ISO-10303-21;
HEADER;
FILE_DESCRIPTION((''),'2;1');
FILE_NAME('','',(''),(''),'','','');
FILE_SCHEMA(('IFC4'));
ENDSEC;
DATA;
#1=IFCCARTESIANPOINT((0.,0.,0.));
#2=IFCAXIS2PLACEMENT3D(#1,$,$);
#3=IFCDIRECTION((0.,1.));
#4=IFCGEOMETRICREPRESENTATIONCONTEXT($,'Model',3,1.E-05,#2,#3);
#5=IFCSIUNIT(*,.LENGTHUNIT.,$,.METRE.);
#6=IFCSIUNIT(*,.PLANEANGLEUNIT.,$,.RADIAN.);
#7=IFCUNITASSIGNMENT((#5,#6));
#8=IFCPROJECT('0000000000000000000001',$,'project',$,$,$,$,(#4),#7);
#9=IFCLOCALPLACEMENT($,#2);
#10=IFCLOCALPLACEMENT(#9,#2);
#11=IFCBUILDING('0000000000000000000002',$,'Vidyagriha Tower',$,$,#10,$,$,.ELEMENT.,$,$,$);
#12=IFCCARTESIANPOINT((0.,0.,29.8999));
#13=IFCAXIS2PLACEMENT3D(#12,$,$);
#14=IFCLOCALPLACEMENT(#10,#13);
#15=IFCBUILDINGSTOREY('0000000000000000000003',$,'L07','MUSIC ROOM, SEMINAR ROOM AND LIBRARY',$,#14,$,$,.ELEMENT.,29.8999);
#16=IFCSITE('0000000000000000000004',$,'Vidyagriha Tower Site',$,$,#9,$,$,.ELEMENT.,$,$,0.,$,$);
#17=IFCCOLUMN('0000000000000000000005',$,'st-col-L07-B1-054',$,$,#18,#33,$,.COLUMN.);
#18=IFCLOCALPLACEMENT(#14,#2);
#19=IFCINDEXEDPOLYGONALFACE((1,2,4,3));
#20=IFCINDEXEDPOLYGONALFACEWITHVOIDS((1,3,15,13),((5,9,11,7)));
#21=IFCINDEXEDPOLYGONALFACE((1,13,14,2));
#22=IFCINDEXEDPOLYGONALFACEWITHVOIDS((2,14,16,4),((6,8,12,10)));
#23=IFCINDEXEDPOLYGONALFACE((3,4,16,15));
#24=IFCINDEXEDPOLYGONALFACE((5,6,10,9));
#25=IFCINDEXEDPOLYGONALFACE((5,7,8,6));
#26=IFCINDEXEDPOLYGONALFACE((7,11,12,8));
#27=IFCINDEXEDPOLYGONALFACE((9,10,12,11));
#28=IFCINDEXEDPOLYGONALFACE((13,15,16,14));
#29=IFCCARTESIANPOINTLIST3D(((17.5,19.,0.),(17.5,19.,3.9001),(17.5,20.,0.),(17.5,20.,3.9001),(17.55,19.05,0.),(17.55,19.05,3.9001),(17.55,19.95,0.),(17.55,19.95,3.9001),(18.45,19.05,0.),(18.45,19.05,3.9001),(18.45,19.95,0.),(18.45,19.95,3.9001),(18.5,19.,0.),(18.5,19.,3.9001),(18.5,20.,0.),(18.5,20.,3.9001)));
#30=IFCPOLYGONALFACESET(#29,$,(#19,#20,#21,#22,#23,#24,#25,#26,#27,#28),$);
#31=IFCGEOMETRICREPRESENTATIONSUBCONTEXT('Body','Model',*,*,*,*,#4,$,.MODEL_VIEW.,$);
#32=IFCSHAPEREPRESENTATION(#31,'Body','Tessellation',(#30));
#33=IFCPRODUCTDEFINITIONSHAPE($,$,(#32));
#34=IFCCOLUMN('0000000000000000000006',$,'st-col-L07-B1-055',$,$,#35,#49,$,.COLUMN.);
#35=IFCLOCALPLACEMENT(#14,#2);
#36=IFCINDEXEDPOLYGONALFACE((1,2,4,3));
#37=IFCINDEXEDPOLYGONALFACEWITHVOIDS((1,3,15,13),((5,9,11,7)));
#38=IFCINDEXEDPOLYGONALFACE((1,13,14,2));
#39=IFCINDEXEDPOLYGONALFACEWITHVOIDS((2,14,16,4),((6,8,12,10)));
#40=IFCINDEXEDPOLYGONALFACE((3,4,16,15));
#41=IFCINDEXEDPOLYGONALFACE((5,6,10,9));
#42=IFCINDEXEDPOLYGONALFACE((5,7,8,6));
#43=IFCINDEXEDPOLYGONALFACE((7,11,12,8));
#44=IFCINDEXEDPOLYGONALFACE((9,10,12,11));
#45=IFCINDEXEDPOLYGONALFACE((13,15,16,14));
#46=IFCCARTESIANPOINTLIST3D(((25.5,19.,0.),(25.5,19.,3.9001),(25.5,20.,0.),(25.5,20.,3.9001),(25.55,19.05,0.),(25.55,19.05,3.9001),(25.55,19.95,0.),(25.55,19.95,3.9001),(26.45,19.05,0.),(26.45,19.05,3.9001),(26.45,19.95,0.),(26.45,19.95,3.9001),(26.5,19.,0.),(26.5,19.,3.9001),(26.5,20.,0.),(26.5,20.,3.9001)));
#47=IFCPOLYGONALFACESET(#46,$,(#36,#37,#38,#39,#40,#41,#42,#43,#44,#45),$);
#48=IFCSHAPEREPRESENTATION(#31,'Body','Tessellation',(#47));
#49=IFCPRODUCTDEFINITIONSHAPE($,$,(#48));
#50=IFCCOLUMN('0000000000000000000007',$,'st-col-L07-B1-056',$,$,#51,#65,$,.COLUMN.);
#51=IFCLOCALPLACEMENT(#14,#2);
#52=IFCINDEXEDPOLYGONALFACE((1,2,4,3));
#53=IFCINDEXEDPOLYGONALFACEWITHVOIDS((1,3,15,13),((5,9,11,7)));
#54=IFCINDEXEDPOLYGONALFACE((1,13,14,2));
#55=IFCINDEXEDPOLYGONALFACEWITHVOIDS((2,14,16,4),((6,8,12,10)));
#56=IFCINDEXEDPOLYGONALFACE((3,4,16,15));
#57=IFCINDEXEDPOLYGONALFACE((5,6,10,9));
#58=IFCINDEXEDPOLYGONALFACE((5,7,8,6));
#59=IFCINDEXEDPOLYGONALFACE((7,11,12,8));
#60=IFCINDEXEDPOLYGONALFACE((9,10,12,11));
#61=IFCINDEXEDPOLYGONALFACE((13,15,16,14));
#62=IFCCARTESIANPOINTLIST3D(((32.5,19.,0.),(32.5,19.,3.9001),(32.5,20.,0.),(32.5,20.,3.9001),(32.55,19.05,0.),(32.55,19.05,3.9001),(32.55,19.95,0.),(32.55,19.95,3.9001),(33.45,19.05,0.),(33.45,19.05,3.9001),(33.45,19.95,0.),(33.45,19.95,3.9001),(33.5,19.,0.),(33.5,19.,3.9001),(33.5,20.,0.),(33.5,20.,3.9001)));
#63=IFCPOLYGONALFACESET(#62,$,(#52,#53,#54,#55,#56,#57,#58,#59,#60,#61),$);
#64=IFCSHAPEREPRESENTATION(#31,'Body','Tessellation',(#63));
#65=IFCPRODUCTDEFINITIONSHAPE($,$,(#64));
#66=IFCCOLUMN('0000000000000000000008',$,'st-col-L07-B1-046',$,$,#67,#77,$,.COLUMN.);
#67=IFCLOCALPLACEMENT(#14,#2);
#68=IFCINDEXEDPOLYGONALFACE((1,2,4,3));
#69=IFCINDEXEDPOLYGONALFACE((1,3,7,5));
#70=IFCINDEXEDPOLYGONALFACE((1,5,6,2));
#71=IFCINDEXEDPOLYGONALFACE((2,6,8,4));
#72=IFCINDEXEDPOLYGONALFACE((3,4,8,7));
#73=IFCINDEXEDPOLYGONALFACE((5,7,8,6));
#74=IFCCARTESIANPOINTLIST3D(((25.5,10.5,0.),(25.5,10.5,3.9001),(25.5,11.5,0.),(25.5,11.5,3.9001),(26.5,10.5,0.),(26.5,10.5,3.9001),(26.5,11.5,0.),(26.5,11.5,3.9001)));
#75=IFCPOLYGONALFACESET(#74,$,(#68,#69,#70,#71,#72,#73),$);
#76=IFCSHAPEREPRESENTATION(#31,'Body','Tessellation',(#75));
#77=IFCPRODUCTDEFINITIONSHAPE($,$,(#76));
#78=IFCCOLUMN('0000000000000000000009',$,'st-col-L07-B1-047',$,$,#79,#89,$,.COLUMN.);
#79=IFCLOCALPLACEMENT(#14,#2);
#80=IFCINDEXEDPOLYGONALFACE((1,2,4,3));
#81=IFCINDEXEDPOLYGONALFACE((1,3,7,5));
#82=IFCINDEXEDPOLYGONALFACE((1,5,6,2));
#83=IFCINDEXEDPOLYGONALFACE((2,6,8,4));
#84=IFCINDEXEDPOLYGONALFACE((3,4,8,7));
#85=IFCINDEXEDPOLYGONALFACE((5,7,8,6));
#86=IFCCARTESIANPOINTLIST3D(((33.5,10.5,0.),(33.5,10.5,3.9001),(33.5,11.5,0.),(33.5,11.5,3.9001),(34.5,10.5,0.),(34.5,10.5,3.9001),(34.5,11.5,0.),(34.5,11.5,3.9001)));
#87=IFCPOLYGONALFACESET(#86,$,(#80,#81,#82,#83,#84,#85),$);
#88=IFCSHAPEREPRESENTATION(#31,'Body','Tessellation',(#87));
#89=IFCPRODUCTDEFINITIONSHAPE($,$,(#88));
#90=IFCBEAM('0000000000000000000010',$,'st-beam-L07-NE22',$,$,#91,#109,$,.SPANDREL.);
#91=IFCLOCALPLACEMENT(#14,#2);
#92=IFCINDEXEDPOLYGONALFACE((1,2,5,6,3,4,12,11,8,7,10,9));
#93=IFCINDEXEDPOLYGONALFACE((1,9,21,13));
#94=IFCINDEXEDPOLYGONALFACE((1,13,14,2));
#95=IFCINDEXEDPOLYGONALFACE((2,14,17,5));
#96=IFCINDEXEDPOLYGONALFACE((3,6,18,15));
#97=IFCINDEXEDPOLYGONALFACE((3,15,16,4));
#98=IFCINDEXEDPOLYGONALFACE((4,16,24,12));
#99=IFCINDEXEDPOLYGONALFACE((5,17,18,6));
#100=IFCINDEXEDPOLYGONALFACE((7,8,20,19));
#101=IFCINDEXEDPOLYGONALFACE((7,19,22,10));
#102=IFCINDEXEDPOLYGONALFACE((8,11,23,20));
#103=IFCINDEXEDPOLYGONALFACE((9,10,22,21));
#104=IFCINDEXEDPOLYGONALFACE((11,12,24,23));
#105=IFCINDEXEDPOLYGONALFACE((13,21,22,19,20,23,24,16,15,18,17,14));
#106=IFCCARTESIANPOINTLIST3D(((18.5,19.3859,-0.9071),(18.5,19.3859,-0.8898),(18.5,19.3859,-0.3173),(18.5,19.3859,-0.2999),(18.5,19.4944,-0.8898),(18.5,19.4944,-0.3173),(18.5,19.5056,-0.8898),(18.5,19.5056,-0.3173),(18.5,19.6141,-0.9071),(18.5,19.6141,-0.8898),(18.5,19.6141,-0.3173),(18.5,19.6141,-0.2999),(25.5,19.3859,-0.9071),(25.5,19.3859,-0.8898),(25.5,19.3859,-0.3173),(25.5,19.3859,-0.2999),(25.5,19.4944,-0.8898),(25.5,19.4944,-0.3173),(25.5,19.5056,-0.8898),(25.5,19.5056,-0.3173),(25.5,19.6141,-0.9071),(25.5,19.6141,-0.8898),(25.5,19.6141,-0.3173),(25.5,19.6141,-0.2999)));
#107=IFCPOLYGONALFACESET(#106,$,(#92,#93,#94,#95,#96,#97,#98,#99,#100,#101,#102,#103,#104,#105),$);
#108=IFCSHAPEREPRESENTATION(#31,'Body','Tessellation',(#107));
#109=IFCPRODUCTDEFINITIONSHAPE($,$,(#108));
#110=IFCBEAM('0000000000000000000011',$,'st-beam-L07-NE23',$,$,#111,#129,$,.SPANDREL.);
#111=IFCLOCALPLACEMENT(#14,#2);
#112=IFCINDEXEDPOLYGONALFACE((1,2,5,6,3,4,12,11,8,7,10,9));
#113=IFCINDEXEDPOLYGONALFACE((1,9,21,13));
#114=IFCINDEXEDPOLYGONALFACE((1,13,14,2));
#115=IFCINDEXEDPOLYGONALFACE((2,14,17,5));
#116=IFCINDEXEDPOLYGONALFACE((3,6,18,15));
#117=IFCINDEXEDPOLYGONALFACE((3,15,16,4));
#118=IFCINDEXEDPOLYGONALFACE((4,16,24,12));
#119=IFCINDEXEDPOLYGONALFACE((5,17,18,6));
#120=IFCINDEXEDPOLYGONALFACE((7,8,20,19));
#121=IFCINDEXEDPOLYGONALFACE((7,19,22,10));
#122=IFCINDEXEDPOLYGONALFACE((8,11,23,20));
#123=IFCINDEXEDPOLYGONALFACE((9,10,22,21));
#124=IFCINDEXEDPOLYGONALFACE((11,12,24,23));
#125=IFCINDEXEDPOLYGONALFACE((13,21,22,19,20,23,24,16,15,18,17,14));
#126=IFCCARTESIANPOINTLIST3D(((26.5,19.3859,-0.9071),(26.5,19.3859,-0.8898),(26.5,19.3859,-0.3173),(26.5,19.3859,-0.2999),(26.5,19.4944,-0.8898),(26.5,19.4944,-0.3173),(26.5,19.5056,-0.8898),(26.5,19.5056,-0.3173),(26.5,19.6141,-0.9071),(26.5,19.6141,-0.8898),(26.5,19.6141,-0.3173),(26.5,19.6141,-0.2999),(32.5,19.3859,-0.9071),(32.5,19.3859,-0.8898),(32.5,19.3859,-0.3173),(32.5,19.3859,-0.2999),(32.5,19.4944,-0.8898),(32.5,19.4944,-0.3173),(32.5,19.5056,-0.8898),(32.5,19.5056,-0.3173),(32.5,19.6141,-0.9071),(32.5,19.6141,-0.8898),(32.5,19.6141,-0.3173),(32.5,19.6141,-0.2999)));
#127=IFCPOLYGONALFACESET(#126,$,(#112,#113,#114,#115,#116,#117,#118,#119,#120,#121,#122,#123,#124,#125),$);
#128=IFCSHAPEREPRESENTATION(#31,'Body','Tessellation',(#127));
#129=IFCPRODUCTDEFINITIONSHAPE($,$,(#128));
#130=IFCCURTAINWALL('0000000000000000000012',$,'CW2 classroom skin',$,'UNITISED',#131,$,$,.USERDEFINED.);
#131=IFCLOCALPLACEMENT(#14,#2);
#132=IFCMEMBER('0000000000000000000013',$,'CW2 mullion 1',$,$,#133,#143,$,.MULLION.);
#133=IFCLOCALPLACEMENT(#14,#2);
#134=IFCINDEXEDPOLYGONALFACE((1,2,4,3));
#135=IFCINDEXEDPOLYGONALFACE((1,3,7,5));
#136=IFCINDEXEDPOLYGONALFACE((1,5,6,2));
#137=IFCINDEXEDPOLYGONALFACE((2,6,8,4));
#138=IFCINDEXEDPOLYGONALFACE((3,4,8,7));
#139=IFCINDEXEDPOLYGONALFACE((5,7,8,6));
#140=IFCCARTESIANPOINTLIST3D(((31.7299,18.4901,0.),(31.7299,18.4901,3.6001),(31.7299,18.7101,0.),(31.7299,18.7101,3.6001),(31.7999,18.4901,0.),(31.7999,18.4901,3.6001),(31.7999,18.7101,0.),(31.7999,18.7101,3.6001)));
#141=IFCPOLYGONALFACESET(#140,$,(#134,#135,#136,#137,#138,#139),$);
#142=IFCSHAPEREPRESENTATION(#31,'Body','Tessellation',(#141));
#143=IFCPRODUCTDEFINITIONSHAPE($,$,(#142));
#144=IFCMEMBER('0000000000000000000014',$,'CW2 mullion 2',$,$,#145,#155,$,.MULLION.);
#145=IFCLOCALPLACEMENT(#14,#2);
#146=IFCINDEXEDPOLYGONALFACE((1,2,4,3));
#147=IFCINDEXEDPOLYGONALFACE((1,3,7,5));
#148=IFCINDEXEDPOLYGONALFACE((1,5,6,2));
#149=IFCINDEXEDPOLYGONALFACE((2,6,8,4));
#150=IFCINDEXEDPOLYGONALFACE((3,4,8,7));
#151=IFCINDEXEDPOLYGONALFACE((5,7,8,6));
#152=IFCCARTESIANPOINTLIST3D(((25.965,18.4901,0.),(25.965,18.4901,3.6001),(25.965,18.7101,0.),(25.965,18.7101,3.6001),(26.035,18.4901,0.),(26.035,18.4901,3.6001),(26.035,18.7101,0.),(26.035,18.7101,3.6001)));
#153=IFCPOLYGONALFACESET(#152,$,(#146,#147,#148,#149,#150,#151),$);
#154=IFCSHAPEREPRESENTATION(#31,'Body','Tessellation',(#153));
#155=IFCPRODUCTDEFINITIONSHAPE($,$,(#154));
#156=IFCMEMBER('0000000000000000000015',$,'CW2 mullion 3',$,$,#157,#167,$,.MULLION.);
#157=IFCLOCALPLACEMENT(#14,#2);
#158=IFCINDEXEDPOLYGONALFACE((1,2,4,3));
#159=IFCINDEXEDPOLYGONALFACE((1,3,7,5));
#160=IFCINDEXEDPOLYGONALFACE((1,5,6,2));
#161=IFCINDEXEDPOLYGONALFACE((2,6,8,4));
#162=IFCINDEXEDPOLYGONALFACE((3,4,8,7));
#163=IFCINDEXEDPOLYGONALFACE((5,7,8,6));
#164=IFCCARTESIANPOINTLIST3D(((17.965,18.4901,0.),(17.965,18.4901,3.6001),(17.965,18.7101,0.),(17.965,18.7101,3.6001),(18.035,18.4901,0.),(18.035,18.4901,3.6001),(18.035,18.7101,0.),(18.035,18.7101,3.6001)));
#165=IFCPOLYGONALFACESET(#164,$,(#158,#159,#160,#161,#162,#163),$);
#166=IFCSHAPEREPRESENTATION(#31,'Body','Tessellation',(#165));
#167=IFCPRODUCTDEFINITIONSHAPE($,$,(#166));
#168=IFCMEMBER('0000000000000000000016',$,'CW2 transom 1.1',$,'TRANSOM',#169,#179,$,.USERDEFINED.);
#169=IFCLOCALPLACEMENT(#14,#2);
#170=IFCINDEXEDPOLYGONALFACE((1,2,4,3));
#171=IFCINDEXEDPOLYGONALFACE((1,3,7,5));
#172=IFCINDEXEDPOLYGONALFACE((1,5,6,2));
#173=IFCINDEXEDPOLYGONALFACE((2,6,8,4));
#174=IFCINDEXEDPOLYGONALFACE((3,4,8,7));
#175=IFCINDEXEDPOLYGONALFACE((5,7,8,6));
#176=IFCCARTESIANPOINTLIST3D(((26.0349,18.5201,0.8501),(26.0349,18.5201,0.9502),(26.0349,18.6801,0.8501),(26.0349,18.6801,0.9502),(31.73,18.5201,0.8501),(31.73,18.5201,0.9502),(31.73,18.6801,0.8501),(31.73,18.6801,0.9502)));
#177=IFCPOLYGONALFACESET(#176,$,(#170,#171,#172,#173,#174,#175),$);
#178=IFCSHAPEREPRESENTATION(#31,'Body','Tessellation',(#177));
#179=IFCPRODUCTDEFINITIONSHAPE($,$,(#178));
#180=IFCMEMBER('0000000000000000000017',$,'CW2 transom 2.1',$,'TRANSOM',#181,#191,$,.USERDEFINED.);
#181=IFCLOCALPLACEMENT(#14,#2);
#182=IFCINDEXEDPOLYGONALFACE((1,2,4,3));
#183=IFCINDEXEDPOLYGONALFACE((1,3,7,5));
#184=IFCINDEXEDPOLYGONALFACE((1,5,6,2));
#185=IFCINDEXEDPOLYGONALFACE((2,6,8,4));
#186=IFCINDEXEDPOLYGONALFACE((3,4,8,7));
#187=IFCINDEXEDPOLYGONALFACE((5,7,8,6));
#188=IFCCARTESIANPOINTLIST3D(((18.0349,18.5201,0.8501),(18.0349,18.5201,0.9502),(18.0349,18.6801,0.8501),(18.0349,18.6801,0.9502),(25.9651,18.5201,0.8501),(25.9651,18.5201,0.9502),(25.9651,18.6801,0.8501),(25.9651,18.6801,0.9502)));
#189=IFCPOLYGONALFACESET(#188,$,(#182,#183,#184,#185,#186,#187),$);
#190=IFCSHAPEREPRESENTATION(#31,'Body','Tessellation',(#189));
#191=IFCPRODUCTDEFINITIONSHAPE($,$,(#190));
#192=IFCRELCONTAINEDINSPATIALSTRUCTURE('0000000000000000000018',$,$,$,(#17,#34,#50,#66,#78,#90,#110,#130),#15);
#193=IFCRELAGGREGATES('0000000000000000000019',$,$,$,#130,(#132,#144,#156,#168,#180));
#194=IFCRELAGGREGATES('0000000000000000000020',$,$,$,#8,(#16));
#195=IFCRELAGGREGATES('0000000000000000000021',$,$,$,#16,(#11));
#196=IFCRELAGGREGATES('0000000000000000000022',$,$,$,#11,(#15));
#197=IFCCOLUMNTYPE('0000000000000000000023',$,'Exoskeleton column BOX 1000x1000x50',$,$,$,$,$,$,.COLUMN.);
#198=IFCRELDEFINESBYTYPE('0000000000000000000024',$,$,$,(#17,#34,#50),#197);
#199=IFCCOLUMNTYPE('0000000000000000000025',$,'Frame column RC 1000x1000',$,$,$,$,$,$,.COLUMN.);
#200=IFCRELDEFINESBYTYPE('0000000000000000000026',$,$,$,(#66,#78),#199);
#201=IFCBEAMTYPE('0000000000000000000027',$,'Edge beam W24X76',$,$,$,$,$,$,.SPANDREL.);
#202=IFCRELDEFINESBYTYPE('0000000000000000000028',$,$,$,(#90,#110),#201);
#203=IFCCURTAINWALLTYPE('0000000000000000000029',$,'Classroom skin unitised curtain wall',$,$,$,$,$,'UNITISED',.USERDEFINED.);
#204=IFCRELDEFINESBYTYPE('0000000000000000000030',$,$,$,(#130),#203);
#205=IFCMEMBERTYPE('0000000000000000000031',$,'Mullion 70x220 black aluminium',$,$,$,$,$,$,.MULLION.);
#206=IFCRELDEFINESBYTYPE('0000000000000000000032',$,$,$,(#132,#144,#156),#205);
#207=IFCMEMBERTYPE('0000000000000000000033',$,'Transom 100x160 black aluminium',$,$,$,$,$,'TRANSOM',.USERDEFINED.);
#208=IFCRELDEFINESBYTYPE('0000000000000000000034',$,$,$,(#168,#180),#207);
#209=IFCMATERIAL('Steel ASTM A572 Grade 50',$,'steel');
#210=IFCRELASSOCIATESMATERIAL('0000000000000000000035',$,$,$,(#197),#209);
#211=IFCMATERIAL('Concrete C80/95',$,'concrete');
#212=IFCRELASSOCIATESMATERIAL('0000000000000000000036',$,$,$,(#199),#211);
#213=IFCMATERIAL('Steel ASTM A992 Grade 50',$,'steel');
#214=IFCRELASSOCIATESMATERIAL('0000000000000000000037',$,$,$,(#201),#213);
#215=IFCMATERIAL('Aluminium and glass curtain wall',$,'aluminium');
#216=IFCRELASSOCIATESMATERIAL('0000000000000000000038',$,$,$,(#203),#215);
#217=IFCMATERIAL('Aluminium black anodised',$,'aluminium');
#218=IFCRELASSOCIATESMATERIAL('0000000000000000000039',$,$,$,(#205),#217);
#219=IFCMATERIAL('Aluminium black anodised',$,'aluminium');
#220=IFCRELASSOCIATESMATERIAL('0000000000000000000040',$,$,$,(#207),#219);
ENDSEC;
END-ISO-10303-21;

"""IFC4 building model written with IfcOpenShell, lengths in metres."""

from ifc_helpers import new_model, si_unit, direction, frame, origin, origin_2d, place, context, subcontext, project, spatial, rectangle, hollow_rectangle, i_section, extrude, material, material_profile, profile_set, type_object, element, aggregate, save


model = new_model("IFC4")

# Units and contexts
model_context = context("Model", 3, precision=1e-05, world=origin(), true_north=direction((0.0, 1.0)))
body_context = subcontext(model_context, "Body", "Model", "MODEL_VIEW")
ifc_project = project(units=[si_unit("LENGTHUNIT", "METRE"), si_unit("PLANEANGLEUNIT", "RADIAN")], contexts=[model_context])

# Site, building, storey
site_placement = place(None, origin())
site = spatial("IfcSite", under=ifc_project, at=site_placement, Name="Vidyagriha Tower Site", CompositionType="ELEMENT", RefElevation=0.0)
building_placement = place(site_placement, origin())
building = spatial("IfcBuilding", under=site, at=building_placement, Name="Vidyagriha Tower", CompositionType="ELEMENT")
storey_placement = place(building_placement, frame((0.0, 0.0, 29.8999)))
storey = spatial("IfcBuildingStorey", under=building, at=storey_placement, Name="L07", Description="MUSIC ROOM, SEMINAR ROOM AND LIBRARY", CompositionType="ELEMENT", Elevation=29.8999)

# Columns
ifc_material_1 = material(Name="Steel ASTM A572 Grade 50", Category="steel")
ifc_material_profile_1 = material_profile(ifc_material_1, hollow_rectangle(XDim=1.0, YDim=1.0, WallThickness=0.05, at=origin_2d()), Name="BOX 1000x1000x50")
ifc_profile_set_1 = profile_set([ifc_material_profile_1], Name="Steel ASTM A572 Grade 50")
column_type_1 = type_object("IfcColumnType", Name="Exoskeleton column BOX 1000x1000x50", PredefinedType="COLUMN", material=ifc_profile_set_1)
for number, where, name in (
    (1, (18.0, 19.5, 0.0), "st-col-L07-B1-054"),
    (2, (26.0, 19.5, 0.0), "st-col-L07-B1-055"),
    (3, (33.0, 19.5, 0.0), "st-col-L07-B1-056"),
):
    element("IfcColumn", number, at=place(storey_placement, frame(where)), inside=storey, type_object=column_type_1, Name=name, PredefinedType="COLUMN", context=body_context, shape_type="SweptSolid", body=[
        extrude(hollow_rectangle(XDim=1.0, YDim=1.0, WallThickness=0.05, at=origin_2d()), origin(), (0.0, 0.0, 1.0), 3.9001),
    ])
ifc_material_2 = material(Name="Concrete C80/95", Category="concrete")
ifc_material_profile_2 = material_profile(ifc_material_2, rectangle(XDim=1.0, YDim=1.0, at=origin_2d()), Name="RC 1000x1000")
ifc_profile_set_2 = profile_set([ifc_material_profile_2], Name="Concrete C80/95")
column_type_2 = type_object("IfcColumnType", Name="Frame column RC 1000x1000", PredefinedType="COLUMN", material=ifc_profile_set_2)
for number, where, name in (
    (4, (26.0, 11.0, 0.0), "st-col-L07-B1-046"),
    (5, (34.0, 11.0, 0.0), "st-col-L07-B1-047"),
):
    element("IfcColumn", number, at=place(storey_placement, frame(where)), inside=storey, type_object=column_type_2, Name=name, PredefinedType="COLUMN", context=body_context, shape_type="SweptSolid", body=[
        extrude(rectangle(XDim=1.0, YDim=1.0, at=origin_2d()), origin(), (0.0, 0.0, 1.0), 3.9001),
    ])

# Beams
ifc_material_3 = material(Name="Steel ASTM A992 Grade 50", Category="steel")
ifc_material_profile_3 = material_profile(ifc_material_3, i_section(OverallWidth=0.2283, OverallDepth=0.6072, WebThickness=0.0112, FlangeThickness=0.0173, at=origin_2d()), Name="W24X76")
ifc_profile_set_3 = profile_set([ifc_material_profile_3], Name="Steel ASTM A992 Grade 50")
beam_type = type_object("IfcBeamType", Name="Edge beam W24X76", PredefinedType="SPANDREL", material=ifc_profile_set_3)
beam_1_placement = place(storey_placement, frame((18.5, 19.5, -0.6035), z_axis=(1.0, 0.0, 0.0), x_axis=(0.0, 1.0, 0.0)))
element("IfcBeam", 6, at=beam_1_placement, inside=storey, type_object=beam_type, Name="st-beam-L07-NE22", PredefinedType="SPANDREL", context=body_context, shape_type="SweptSolid", body=[
    extrude(i_section(OverallWidth=0.2283, OverallDepth=0.6072, WebThickness=0.0112, FlangeThickness=0.0173, at=origin_2d()), origin(), (0.0, 0.0, 1.0), 7.0),
])
beam_2_placement = place(storey_placement, frame((26.5, 19.5, -0.6035), z_axis=(1.0, 0.0, 0.0), x_axis=(0.0, 1.0, 0.0)))
element("IfcBeam", 7, at=beam_2_placement, inside=storey, type_object=beam_type, Name="st-beam-L07-NE23", PredefinedType="SPANDREL", context=body_context, shape_type="SweptSolid", body=[
    extrude(i_section(OverallWidth=0.2283, OverallDepth=0.6072, WebThickness=0.0112, FlangeThickness=0.0173, at=origin_2d()), origin(), (0.0, 0.0, 1.0), 6.0),
])

# Curtain wall, members
ifc_material_4 = material(Name="Aluminium and glass curtain wall", Category="aluminium")
curtain_wall_type = type_object("IfcCurtainWallType", Name="Classroom skin unitised curtain wall", ElementType="UNITISED", PredefinedType="USERDEFINED", material=ifc_material_4)
curtain_wall_placement = place(storey_placement, origin())
curtain_wall = element("IfcCurtainWall", 8, at=curtain_wall_placement, inside=storey, type_object=curtain_wall_type, Name="CW2 classroom skin", ObjectType="UNITISED", PredefinedType="USERDEFINED")
ifc_material_5 = material(Name="Aluminium black anodised", Category="aluminium")
ifc_material_profile_4 = material_profile(ifc_material_5, rectangle(XDim=0.22, YDim=0.0701, at=origin_2d()), Name="Mullion 70x220 black aluminium")
ifc_profile_set_4 = profile_set([ifc_material_profile_4], Name="Aluminium black anodised")
member_type_1 = type_object("IfcMemberType", Name="Mullion 70x220 black aluminium", PredefinedType="MULLION", material=ifc_profile_set_4)
member_1_placement = place(storey_placement, frame((31.7649, 18.6001, 0.0), z_axis=(0.0, 0.0, 1.0), x_axis=(0.0, -1.0, 0.0)))
member_1 = element("IfcMember", 9, at=member_1_placement, type_object=member_type_1, Name="CW2 mullion 1", PredefinedType="MULLION", context=body_context, shape_type="SweptSolid", body=[
    extrude(rectangle(XDim=0.22, YDim=0.0701, at=origin_2d()), origin(), (0.0, 0.0, 1.0), 3.6001),
])
member_2_placement = place(storey_placement, frame((26.0, 18.6001, 0.0), z_axis=(0.0, 0.0, 1.0), x_axis=(0.0, -1.0, 0.0)))
member_2 = element("IfcMember", 10, at=member_2_placement, type_object=member_type_1, Name="CW2 mullion 2", PredefinedType="MULLION", context=body_context, shape_type="SweptSolid", body=[
    extrude(rectangle(XDim=0.22, YDim=0.0701, at=origin_2d()), origin(), (0.0, 0.0, 1.0), 3.6001),
])
member_3_placement = place(storey_placement, frame((18.0, 18.6001, 0.0), z_axis=(0.0, 0.0, 1.0), x_axis=(0.0, -1.0, 0.0)))
member_3 = element("IfcMember", 11, at=member_3_placement, type_object=member_type_1, Name="CW2 mullion 3", PredefinedType="MULLION", context=body_context, shape_type="SweptSolid", body=[
    extrude(rectangle(XDim=0.22, YDim=0.0701, at=origin_2d()), origin(), (0.0, 0.0, 1.0), 3.6001),
])
ifc_material_6 = material(Name="Aluminium black anodised", Category="aluminium")
ifc_material_profile_5 = material_profile(ifc_material_6, rectangle(XDim=0.1599, YDim=0.1001, at=origin_2d()), Name="Transom 100x160 black aluminium")
ifc_profile_set_5 = profile_set([ifc_material_profile_5], Name="Aluminium black anodised")
member_type_2 = type_object("IfcMemberType", Name="Transom 100x160 black aluminium", ElementType="TRANSOM", PredefinedType="USERDEFINED", material=ifc_profile_set_5)
member_4_placement = place(storey_placement, frame((31.73, 18.6001, 0.9001), z_axis=(-1.0, 0.0, 0.0), x_axis=(0.0, -1.0, 0.0)))
member_4 = element("IfcMember", 12, at=member_4_placement, type_object=member_type_2, Name="CW2 transom 1.1", ObjectType="TRANSOM", PredefinedType="USERDEFINED", context=body_context, shape_type="SweptSolid", body=[
    extrude(rectangle(XDim=0.1599, YDim=0.1001, at=origin_2d()), origin(), (0.0, 0.0, 1.0), 5.6951),
])
member_5_placement = place(storey_placement, frame((25.9651, 18.6001, 0.9001), z_axis=(-1.0, 0.0, 0.0), x_axis=(0.0, -1.0, 0.0)))
member_5 = element("IfcMember", 13, at=member_5_placement, type_object=member_type_2, Name="CW2 transom 2.1", ObjectType="TRANSOM", PredefinedType="USERDEFINED", context=body_context, shape_type="SweptSolid", body=[
    extrude(rectangle(XDim=0.1599, YDim=0.1001, at=origin_2d()), origin(), (0.0, 0.0, 1.0), 7.9302),
])
aggregate(curtain_wall, [member_1, member_2, member_3, member_4, member_5])

save(model, "model.ifc")
